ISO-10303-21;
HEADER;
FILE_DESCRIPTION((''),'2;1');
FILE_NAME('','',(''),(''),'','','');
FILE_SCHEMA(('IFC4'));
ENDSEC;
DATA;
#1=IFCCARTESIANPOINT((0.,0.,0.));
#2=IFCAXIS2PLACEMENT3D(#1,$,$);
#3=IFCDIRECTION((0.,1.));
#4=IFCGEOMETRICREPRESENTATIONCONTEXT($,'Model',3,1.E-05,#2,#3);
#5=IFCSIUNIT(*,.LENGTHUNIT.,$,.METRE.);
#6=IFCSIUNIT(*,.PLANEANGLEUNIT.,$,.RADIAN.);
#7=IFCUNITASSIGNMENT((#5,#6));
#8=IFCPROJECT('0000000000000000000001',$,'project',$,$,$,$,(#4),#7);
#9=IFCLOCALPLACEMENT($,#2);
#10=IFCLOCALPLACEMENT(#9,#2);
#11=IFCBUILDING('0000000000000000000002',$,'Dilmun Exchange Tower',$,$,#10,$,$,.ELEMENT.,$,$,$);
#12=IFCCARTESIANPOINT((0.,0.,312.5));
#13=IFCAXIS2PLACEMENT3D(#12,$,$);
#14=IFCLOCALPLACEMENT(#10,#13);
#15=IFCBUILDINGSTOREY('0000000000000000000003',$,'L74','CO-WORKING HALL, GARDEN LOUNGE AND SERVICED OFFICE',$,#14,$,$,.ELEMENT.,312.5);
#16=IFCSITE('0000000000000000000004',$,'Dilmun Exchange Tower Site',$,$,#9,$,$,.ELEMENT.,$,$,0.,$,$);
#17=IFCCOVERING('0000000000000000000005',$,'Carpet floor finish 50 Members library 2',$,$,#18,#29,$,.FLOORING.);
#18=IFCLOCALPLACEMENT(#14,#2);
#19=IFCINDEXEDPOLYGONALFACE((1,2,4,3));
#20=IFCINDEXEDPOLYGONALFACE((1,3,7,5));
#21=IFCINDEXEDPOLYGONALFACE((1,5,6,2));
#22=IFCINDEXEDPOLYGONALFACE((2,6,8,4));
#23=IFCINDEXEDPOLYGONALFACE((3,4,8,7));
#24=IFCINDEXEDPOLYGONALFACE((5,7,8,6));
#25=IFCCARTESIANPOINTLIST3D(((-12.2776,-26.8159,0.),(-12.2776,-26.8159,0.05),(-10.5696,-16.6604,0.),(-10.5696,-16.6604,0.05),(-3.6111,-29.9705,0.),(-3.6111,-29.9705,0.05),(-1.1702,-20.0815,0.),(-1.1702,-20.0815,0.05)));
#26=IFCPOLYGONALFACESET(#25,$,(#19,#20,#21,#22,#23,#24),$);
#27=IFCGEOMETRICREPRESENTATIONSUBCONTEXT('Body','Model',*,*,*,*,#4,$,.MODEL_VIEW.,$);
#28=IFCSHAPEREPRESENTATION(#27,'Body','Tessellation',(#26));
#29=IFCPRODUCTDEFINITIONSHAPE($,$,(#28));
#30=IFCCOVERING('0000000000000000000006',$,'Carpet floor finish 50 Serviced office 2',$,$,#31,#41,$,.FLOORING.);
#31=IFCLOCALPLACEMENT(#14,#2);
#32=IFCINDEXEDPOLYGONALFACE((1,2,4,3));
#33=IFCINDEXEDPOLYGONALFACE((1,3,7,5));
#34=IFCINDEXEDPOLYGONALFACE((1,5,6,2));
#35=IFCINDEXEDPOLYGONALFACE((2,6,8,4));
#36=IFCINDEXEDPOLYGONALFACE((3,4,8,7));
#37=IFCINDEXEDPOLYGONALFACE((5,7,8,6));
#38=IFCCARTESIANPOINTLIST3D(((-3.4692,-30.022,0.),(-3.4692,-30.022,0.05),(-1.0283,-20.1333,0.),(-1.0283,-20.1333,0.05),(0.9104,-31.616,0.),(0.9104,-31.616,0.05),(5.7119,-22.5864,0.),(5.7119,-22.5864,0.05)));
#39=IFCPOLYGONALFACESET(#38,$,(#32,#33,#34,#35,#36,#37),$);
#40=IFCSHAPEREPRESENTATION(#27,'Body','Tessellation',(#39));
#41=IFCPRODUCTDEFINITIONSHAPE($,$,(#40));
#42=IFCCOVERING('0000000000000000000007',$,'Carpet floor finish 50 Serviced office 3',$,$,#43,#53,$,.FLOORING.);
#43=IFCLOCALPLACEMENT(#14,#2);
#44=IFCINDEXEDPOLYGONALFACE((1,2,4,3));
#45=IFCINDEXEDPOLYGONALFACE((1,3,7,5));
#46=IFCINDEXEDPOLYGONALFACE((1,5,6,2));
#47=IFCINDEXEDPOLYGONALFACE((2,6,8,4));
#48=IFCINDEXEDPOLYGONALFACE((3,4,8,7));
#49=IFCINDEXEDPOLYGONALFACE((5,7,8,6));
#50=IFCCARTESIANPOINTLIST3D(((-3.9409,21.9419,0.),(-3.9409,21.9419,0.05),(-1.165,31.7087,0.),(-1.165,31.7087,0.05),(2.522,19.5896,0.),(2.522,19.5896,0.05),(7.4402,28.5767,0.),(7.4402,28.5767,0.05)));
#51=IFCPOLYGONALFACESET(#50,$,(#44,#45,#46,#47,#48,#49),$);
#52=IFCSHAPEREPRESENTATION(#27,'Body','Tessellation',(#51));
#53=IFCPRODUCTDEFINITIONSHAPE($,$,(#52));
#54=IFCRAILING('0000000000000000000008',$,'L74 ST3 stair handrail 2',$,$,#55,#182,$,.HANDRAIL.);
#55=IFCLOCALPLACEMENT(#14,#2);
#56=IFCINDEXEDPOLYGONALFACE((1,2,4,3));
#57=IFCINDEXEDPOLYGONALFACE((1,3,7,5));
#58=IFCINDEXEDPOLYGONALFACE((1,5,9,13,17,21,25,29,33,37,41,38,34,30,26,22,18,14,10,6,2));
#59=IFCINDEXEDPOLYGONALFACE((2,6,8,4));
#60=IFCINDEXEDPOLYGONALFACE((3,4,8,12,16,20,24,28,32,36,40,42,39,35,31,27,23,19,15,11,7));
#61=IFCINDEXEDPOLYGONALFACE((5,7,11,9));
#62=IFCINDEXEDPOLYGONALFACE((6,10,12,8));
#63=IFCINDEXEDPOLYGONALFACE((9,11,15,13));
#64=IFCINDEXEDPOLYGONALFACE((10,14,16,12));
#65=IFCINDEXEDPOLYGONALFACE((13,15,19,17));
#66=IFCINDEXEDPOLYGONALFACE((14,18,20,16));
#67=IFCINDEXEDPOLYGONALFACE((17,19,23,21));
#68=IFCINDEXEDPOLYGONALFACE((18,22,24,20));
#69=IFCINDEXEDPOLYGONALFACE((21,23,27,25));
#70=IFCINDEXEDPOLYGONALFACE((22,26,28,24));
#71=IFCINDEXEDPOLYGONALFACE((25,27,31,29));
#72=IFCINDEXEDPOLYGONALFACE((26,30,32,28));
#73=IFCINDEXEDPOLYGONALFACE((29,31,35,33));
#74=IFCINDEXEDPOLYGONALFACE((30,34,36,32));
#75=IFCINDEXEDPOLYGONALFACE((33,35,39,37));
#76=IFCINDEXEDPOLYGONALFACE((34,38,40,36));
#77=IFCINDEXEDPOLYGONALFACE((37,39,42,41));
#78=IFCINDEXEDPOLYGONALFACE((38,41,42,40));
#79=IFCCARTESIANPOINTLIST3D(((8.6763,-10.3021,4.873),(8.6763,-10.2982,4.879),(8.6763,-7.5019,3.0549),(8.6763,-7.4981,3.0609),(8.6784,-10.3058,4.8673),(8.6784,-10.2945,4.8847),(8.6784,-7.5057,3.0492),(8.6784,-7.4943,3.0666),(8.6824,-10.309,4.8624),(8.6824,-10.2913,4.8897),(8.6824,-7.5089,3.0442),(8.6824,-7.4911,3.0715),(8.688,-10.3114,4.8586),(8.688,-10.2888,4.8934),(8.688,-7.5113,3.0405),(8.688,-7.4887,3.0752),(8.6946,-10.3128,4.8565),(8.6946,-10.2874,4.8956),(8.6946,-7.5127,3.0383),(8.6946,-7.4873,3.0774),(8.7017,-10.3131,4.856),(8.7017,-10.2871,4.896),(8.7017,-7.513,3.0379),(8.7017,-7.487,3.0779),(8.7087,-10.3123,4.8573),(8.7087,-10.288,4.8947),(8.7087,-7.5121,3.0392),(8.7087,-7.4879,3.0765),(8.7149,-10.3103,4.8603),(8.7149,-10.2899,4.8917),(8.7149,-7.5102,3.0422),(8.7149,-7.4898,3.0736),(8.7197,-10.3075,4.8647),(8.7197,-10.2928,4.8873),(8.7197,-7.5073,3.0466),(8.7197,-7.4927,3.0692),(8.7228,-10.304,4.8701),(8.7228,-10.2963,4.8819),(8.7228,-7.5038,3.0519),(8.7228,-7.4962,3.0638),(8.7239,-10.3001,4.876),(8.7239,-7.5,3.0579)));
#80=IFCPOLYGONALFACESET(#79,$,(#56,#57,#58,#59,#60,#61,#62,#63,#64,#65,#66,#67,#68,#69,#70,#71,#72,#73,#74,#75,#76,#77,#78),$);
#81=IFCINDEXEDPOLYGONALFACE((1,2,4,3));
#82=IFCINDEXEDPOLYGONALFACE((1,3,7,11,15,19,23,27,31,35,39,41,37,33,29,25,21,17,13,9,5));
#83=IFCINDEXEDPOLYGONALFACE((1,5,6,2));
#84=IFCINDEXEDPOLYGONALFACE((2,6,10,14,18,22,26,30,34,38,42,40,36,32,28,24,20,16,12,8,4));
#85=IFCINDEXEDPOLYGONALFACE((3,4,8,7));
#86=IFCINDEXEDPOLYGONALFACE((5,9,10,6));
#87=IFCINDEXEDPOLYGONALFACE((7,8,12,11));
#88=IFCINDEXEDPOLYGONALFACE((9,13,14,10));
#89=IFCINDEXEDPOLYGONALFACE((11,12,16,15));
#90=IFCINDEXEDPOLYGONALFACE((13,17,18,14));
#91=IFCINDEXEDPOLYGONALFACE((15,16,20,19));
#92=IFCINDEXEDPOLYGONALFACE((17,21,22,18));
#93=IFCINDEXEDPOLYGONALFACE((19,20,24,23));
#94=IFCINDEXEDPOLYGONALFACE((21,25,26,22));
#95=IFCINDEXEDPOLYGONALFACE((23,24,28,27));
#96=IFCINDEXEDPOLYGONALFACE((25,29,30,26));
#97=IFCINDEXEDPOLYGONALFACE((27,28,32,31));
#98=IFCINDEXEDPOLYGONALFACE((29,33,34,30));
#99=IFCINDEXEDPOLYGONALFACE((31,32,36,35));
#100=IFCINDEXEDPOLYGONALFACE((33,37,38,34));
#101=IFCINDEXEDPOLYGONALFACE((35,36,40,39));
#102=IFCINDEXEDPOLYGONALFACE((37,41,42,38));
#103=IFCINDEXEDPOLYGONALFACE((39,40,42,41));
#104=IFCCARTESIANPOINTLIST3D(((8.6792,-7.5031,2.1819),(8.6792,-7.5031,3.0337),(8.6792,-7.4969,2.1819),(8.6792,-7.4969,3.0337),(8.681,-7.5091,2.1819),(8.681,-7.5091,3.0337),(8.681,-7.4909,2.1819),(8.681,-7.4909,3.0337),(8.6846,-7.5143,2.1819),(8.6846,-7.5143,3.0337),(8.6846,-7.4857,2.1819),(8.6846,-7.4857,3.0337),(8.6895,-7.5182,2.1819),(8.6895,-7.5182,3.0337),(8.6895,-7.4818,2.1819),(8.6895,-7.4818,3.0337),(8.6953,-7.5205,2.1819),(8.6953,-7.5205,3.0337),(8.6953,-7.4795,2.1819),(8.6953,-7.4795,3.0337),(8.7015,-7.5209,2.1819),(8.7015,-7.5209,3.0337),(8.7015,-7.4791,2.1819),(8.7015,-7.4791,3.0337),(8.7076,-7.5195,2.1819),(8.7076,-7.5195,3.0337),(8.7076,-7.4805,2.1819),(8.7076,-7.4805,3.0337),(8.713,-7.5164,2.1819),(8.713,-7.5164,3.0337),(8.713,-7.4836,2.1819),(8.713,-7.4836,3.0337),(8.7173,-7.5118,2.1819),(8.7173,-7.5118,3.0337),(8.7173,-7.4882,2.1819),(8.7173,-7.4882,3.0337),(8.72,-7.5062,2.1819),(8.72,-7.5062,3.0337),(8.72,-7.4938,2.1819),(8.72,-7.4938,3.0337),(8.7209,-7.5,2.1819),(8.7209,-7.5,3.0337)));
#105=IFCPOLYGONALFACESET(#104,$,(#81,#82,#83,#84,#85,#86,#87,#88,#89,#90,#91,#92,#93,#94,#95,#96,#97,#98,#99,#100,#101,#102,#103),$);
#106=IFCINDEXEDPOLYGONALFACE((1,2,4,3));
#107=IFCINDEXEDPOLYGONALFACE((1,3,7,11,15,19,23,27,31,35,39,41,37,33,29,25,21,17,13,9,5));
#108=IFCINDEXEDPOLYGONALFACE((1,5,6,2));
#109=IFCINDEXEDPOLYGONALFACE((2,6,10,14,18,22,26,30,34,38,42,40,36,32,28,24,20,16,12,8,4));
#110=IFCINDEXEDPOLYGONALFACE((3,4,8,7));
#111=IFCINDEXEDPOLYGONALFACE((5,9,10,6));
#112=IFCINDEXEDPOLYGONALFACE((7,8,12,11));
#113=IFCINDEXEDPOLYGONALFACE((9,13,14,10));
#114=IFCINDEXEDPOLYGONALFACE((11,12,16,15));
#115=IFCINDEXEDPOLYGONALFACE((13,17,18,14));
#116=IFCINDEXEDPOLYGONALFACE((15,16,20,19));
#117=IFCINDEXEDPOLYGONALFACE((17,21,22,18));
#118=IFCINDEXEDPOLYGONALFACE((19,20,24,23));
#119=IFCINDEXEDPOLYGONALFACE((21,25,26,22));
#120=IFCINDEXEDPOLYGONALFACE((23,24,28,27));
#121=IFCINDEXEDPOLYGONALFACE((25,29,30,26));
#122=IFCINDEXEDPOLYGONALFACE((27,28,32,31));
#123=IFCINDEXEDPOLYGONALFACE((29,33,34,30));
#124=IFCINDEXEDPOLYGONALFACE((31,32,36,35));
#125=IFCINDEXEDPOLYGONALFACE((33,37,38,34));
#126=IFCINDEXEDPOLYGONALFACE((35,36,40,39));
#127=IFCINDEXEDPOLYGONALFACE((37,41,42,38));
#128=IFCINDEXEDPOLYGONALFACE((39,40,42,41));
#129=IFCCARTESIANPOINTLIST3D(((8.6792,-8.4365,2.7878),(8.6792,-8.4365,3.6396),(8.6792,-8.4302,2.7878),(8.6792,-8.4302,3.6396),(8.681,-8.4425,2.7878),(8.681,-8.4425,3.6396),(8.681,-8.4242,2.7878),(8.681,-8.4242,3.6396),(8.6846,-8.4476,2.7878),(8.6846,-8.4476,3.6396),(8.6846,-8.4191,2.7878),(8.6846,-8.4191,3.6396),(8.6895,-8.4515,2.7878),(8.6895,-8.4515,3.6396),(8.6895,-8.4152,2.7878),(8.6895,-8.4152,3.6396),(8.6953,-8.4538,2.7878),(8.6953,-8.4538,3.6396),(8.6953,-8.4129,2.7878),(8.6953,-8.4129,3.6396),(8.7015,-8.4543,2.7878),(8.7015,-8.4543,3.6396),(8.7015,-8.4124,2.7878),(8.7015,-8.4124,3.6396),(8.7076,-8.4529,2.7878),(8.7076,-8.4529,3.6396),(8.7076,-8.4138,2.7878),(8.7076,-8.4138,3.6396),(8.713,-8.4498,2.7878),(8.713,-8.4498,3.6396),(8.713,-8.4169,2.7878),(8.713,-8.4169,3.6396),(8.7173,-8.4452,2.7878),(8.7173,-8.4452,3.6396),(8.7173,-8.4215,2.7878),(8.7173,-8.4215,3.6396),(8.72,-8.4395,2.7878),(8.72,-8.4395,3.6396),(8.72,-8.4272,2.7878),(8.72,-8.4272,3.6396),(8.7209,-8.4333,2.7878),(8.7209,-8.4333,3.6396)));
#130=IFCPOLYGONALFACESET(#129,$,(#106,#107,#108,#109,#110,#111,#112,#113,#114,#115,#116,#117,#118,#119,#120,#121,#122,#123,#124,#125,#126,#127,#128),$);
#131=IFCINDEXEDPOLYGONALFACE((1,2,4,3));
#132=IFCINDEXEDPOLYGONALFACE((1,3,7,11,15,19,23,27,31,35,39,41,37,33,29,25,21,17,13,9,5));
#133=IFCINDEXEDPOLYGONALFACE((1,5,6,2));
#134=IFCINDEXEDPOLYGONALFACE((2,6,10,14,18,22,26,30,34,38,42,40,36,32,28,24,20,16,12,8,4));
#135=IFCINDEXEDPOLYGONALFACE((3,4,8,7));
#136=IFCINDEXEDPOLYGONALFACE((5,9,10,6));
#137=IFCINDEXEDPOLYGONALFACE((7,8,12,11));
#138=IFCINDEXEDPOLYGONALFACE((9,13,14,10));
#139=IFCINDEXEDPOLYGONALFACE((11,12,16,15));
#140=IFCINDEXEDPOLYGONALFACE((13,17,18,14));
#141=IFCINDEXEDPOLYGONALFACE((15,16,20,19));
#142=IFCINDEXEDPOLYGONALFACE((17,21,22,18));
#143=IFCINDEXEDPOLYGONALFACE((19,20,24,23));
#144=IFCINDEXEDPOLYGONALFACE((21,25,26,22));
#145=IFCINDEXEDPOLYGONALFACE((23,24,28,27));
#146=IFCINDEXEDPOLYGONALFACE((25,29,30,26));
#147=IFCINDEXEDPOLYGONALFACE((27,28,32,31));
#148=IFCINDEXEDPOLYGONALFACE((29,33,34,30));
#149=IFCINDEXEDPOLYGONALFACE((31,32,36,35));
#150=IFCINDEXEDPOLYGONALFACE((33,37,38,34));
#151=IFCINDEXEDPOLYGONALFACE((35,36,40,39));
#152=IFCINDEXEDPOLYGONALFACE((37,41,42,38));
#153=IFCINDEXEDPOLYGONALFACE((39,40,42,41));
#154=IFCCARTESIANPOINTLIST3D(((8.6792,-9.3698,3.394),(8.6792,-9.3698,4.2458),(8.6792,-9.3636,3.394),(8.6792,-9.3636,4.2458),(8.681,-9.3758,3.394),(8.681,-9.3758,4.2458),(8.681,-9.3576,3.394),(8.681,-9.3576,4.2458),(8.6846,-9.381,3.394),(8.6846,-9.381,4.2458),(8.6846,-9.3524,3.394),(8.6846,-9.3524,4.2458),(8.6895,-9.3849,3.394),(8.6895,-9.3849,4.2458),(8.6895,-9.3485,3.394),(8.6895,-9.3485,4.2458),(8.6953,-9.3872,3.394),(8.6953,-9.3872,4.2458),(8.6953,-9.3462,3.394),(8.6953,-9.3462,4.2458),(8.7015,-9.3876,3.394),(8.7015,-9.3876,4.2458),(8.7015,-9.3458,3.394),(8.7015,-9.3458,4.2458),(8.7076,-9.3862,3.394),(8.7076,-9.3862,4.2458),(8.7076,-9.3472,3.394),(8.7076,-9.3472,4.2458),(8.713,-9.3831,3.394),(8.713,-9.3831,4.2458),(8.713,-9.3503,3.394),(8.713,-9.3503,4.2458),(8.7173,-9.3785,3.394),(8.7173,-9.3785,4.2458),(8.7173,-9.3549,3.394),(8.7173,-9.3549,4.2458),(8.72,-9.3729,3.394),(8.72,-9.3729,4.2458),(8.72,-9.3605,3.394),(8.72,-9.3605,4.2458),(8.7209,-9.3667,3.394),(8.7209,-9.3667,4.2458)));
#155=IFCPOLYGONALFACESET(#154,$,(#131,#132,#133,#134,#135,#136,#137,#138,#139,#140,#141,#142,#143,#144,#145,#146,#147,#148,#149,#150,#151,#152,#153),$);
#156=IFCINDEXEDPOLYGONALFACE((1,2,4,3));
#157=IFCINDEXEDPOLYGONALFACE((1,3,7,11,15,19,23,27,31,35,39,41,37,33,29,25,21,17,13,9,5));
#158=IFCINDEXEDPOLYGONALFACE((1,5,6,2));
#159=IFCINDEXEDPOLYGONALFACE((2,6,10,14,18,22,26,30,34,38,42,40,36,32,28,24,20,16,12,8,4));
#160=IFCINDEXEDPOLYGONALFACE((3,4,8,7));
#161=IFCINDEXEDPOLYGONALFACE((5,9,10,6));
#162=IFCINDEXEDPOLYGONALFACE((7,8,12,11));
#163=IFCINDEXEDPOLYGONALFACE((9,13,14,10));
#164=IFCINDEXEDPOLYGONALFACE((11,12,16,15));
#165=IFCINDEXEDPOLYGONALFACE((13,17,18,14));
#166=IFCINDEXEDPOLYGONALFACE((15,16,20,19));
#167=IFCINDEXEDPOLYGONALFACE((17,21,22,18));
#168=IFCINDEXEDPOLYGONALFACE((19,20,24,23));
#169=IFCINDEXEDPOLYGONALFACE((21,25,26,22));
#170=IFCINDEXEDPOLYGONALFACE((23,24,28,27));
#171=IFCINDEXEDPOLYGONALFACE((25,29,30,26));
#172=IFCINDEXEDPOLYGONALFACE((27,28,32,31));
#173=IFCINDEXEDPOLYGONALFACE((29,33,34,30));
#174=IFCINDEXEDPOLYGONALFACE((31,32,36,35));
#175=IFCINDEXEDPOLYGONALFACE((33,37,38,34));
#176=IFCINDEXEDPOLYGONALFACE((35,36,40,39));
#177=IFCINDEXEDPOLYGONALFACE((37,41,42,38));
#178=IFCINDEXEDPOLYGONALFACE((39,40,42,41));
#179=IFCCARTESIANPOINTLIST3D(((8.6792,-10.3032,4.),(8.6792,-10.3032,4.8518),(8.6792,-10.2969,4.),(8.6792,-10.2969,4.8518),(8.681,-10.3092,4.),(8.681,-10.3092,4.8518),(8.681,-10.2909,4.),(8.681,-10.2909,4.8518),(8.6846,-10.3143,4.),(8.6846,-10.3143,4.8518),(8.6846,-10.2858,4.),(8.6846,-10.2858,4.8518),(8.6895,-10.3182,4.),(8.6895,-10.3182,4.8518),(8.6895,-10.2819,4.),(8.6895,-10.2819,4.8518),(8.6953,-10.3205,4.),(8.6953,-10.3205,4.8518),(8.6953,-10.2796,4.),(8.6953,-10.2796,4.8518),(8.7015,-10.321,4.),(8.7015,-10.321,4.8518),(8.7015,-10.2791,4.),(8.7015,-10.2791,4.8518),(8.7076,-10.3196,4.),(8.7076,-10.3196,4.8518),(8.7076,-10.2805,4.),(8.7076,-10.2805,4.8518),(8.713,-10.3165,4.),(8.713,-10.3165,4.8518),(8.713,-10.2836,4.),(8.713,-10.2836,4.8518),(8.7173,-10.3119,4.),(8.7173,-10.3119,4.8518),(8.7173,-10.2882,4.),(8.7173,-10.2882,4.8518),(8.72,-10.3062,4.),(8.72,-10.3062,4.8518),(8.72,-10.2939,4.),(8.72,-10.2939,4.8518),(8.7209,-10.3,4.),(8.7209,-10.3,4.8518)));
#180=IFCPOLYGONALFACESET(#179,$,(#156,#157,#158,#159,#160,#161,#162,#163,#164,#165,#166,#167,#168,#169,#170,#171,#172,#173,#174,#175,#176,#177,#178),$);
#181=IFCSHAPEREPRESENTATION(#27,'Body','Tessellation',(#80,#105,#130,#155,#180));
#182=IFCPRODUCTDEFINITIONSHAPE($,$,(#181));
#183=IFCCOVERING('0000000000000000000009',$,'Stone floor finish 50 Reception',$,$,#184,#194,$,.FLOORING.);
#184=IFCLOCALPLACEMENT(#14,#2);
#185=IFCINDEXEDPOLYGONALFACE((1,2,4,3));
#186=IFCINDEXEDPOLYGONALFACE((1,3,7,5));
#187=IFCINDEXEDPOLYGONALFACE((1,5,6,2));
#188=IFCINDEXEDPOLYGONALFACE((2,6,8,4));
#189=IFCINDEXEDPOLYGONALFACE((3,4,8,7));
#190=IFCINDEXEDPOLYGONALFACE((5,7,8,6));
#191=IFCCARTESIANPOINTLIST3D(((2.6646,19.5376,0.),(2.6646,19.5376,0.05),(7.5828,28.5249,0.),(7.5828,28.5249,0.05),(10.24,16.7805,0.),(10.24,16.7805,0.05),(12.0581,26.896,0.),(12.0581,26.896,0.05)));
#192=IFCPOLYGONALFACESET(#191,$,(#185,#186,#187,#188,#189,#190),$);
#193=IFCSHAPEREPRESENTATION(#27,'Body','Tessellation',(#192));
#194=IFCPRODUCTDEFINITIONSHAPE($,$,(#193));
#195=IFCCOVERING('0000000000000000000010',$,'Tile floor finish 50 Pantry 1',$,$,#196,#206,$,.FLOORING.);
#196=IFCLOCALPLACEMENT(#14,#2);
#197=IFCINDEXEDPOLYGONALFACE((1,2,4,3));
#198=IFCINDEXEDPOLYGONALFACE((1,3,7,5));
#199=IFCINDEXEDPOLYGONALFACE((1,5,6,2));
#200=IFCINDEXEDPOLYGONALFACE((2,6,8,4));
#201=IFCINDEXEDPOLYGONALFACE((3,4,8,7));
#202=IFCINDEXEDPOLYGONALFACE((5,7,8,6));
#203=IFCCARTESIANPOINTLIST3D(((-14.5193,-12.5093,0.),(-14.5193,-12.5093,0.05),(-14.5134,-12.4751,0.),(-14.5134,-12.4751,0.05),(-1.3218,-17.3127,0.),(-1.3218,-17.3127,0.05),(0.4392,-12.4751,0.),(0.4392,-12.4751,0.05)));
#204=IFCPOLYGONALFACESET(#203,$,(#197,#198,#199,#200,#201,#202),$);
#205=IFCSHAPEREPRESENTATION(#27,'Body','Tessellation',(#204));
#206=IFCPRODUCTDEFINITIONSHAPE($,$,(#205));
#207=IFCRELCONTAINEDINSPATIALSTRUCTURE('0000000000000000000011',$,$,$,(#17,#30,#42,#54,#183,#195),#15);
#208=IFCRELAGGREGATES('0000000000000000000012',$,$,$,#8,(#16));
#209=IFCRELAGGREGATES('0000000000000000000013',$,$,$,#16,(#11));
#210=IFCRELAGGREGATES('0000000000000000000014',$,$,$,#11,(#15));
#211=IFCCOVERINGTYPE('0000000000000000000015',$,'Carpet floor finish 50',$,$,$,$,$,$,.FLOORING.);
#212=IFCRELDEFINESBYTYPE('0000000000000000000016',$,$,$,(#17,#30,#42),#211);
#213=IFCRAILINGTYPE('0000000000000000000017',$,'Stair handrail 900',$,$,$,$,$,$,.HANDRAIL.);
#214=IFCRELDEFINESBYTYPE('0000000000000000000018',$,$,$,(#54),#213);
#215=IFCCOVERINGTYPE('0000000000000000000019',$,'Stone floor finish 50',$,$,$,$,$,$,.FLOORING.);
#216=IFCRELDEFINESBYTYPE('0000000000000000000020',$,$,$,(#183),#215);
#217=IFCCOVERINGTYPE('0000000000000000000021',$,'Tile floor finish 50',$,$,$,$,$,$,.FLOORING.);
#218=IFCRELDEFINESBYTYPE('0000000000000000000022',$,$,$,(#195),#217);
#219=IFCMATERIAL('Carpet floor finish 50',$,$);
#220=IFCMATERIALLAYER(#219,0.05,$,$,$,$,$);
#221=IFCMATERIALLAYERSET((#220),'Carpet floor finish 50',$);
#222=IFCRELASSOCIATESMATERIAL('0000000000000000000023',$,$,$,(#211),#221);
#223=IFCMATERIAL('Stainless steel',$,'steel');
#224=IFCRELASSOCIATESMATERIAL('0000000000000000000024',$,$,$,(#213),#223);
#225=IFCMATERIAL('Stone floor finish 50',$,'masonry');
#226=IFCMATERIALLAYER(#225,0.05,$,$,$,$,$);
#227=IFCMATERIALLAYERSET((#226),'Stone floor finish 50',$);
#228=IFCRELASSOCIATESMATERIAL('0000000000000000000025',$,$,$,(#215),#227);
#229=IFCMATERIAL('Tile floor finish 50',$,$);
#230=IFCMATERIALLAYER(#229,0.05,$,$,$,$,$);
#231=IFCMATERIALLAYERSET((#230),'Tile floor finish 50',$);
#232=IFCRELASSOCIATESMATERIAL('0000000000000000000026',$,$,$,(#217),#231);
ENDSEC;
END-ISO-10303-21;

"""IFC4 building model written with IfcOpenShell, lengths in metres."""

from ifc_helpers import new_model, si_unit, direction, frame, origin, origin_2d, place, context, subcontext, project, spatial, polyline, circle, outline, extrude, material, layer, layer_set, type_object, element, save


model = new_model("IFC4")

# Units and contexts
model_context = context("Model", 3, precision=1e-05, world=origin(), true_north=direction((0.0, 1.0)))
body_context = subcontext(model_context, "Body", "Model", "MODEL_VIEW")
ifc_project = project(units=[si_unit("LENGTHUNIT", "METRE"), si_unit("PLANEANGLEUNIT", "RADIAN")], contexts=[model_context])

# Site, building, storey
site_placement = place(None, origin())
site = spatial("IfcSite", under=ifc_project, at=site_placement, Name="Dilmun Exchange Tower Site", CompositionType="ELEMENT", RefElevation=0.0)
building_placement = place(site_placement, origin())
building = spatial("IfcBuilding", under=site, at=building_placement, Name="Dilmun Exchange Tower", CompositionType="ELEMENT")
storey_placement = place(building_placement, frame((0.0, 0.0, 312.5)))
storey = spatial("IfcBuildingStorey", under=building, at=storey_placement, Name="L74", Description="CO-WORKING HALL, GARDEN LOUNGE AND SERVICED OFFICE", CompositionType="ELEMENT", Elevation=312.5)

# Coverings
ifc_material_1 = material(Name="Carpet floor finish 50")
ifc_layer_1 = layer(ifc_material_1, 0.05)
ifc_layer_set_1 = layer_set([ifc_layer_1], Name="Carpet floor finish 50")
covering_type_1 = type_object("IfcCoveringType", Name="Carpet floor finish 50", PredefinedType="FLOORING", material=ifc_layer_set_1)
covering_1_placement = place(storey_placement, origin())
element("IfcCovering", 1, at=covering_1_placement, inside=storey, type_object=covering_type_1, Name="Carpet floor finish 50 Members library 2", PredefinedType="FLOORING", context=body_context, shape_type="SweptSolid", body=[
    extrude(outline(polyline([(-1.1702, -20.0815), (-3.6111, -29.9705), (-12.2776, -26.8159), (-10.5696, -16.6604), (-1.1702, -20.0815)])), origin(), (0.0, 0.0, 1.0), 0.05),
])
covering_2_placement = place(storey_placement, origin())
element("IfcCovering", 2, at=covering_2_placement, inside=storey, type_object=covering_type_1, Name="Carpet floor finish 50 Serviced office 2", PredefinedType="FLOORING", context=body_context, shape_type="SweptSolid", body=[
    extrude(outline(polyline([(5.7119, -22.5864), (0.9104, -31.616), (-3.4692, -30.022), (-1.0283, -20.1333), (5.7119, -22.5864)])), origin(), (0.0, 0.0, 1.0), 0.05),
])
covering_3_placement = place(storey_placement, origin())
element("IfcCovering", 3, at=covering_3_placement, inside=storey, type_object=covering_type_1, Name="Carpet floor finish 50 Serviced office 3", PredefinedType="FLOORING", context=body_context, shape_type="SweptSolid", body=[
    extrude(outline(polyline([(-1.165, 31.7087), (7.4402, 28.5767), (2.522, 19.5896), (-3.9409, 21.9419), (-1.165, 31.7087)])), origin(), (0.0, 0.0, 1.0), 0.05),
])

# Railing
ifc_material_2 = material(Name="Stainless steel", Category="steel")
railing_type = type_object("IfcRailingType", Name="Stair handrail 900", PredefinedType="HANDRAIL", material=ifc_material_2)
railing_placement = place(storey_placement, frame((8.7, -7.5, 2.1819)))
element("IfcRailing", 4, at=railing_placement, inside=storey, type_object=railing_type, Name="L74 ST3 stair handrail 2", PredefinedType="HANDRAIL", context=body_context, shape_type="SweptSolid", body=[
    extrude(circle(Radius=0.0239, at=origin_2d()), frame((0.0, 0.0, 0.876), z_axis=(0.0, -0.838706, 0.544585), x_axis=(1.0, 0.0, 0.0)), (0.0, 0.0, 1.0), 3.3386),
    extrude(circle(Radius=0.021, at=origin_2d()), origin(), (0.0, 0.0, 1.0), 0.8518),
    extrude(circle(Radius=0.021, at=origin_2d()), frame((0.0, -0.9333, 0.606)), (0.0, 0.0, 1.0), 0.8518),
    extrude(circle(Radius=0.021, at=origin_2d()), frame((0.0, -1.8667, 1.2122)), (0.0, 0.0, 1.0), 0.8518),
    extrude(circle(Radius=0.021, at=origin_2d()), frame((0.0, -2.8, 1.8181)), (0.0, 0.0, 1.0), 0.8518),
])

# Coverings
ifc_material_3 = material(Name="Stone floor finish 50", Category="masonry")
ifc_layer_2 = layer(ifc_material_3, 0.05)
ifc_layer_set_2 = layer_set([ifc_layer_2], Name="Stone floor finish 50")
covering_type_2 = type_object("IfcCoveringType", Name="Stone floor finish 50", PredefinedType="FLOORING", material=ifc_layer_set_2)
covering_4_placement = place(storey_placement, origin())
element("IfcCovering", 5, at=covering_4_placement, inside=storey, type_object=covering_type_2, Name="Stone floor finish 50 Reception", PredefinedType="FLOORING", context=body_context, shape_type="SweptSolid", body=[
    extrude(outline(polyline([(2.6646, 19.5376), (7.5828, 28.5249), (12.0581, 26.896), (10.24, 16.7805), (2.6646, 19.5376)])), origin(), (0.0, 0.0, 1.0), 0.05),
])
ifc_material_4 = material(Name="Tile floor finish 50")
ifc_layer_3 = layer(ifc_material_4, 0.05)
ifc_layer_set_3 = layer_set([ifc_layer_3], Name="Tile floor finish 50")
covering_type_3 = type_object("IfcCoveringType", Name="Tile floor finish 50", PredefinedType="FLOORING", material=ifc_layer_set_3)
covering_5_placement = place(storey_placement, origin())
element("IfcCovering", 6, at=covering_5_placement, inside=storey, type_object=covering_type_3, Name="Tile floor finish 50 Pantry 1", PredefinedType="FLOORING", context=body_context, shape_type="SweptSolid", body=[
    extrude(outline(polyline([(0.4392, -12.4751), (-1.3218, -17.3127), (-14.5193, -12.5093), (-14.5134, -12.4751), (0.4392, -12.4751)])), origin(), (0.0, 0.0, 1.0), 0.05),
])

save(model, "model.ifc")
